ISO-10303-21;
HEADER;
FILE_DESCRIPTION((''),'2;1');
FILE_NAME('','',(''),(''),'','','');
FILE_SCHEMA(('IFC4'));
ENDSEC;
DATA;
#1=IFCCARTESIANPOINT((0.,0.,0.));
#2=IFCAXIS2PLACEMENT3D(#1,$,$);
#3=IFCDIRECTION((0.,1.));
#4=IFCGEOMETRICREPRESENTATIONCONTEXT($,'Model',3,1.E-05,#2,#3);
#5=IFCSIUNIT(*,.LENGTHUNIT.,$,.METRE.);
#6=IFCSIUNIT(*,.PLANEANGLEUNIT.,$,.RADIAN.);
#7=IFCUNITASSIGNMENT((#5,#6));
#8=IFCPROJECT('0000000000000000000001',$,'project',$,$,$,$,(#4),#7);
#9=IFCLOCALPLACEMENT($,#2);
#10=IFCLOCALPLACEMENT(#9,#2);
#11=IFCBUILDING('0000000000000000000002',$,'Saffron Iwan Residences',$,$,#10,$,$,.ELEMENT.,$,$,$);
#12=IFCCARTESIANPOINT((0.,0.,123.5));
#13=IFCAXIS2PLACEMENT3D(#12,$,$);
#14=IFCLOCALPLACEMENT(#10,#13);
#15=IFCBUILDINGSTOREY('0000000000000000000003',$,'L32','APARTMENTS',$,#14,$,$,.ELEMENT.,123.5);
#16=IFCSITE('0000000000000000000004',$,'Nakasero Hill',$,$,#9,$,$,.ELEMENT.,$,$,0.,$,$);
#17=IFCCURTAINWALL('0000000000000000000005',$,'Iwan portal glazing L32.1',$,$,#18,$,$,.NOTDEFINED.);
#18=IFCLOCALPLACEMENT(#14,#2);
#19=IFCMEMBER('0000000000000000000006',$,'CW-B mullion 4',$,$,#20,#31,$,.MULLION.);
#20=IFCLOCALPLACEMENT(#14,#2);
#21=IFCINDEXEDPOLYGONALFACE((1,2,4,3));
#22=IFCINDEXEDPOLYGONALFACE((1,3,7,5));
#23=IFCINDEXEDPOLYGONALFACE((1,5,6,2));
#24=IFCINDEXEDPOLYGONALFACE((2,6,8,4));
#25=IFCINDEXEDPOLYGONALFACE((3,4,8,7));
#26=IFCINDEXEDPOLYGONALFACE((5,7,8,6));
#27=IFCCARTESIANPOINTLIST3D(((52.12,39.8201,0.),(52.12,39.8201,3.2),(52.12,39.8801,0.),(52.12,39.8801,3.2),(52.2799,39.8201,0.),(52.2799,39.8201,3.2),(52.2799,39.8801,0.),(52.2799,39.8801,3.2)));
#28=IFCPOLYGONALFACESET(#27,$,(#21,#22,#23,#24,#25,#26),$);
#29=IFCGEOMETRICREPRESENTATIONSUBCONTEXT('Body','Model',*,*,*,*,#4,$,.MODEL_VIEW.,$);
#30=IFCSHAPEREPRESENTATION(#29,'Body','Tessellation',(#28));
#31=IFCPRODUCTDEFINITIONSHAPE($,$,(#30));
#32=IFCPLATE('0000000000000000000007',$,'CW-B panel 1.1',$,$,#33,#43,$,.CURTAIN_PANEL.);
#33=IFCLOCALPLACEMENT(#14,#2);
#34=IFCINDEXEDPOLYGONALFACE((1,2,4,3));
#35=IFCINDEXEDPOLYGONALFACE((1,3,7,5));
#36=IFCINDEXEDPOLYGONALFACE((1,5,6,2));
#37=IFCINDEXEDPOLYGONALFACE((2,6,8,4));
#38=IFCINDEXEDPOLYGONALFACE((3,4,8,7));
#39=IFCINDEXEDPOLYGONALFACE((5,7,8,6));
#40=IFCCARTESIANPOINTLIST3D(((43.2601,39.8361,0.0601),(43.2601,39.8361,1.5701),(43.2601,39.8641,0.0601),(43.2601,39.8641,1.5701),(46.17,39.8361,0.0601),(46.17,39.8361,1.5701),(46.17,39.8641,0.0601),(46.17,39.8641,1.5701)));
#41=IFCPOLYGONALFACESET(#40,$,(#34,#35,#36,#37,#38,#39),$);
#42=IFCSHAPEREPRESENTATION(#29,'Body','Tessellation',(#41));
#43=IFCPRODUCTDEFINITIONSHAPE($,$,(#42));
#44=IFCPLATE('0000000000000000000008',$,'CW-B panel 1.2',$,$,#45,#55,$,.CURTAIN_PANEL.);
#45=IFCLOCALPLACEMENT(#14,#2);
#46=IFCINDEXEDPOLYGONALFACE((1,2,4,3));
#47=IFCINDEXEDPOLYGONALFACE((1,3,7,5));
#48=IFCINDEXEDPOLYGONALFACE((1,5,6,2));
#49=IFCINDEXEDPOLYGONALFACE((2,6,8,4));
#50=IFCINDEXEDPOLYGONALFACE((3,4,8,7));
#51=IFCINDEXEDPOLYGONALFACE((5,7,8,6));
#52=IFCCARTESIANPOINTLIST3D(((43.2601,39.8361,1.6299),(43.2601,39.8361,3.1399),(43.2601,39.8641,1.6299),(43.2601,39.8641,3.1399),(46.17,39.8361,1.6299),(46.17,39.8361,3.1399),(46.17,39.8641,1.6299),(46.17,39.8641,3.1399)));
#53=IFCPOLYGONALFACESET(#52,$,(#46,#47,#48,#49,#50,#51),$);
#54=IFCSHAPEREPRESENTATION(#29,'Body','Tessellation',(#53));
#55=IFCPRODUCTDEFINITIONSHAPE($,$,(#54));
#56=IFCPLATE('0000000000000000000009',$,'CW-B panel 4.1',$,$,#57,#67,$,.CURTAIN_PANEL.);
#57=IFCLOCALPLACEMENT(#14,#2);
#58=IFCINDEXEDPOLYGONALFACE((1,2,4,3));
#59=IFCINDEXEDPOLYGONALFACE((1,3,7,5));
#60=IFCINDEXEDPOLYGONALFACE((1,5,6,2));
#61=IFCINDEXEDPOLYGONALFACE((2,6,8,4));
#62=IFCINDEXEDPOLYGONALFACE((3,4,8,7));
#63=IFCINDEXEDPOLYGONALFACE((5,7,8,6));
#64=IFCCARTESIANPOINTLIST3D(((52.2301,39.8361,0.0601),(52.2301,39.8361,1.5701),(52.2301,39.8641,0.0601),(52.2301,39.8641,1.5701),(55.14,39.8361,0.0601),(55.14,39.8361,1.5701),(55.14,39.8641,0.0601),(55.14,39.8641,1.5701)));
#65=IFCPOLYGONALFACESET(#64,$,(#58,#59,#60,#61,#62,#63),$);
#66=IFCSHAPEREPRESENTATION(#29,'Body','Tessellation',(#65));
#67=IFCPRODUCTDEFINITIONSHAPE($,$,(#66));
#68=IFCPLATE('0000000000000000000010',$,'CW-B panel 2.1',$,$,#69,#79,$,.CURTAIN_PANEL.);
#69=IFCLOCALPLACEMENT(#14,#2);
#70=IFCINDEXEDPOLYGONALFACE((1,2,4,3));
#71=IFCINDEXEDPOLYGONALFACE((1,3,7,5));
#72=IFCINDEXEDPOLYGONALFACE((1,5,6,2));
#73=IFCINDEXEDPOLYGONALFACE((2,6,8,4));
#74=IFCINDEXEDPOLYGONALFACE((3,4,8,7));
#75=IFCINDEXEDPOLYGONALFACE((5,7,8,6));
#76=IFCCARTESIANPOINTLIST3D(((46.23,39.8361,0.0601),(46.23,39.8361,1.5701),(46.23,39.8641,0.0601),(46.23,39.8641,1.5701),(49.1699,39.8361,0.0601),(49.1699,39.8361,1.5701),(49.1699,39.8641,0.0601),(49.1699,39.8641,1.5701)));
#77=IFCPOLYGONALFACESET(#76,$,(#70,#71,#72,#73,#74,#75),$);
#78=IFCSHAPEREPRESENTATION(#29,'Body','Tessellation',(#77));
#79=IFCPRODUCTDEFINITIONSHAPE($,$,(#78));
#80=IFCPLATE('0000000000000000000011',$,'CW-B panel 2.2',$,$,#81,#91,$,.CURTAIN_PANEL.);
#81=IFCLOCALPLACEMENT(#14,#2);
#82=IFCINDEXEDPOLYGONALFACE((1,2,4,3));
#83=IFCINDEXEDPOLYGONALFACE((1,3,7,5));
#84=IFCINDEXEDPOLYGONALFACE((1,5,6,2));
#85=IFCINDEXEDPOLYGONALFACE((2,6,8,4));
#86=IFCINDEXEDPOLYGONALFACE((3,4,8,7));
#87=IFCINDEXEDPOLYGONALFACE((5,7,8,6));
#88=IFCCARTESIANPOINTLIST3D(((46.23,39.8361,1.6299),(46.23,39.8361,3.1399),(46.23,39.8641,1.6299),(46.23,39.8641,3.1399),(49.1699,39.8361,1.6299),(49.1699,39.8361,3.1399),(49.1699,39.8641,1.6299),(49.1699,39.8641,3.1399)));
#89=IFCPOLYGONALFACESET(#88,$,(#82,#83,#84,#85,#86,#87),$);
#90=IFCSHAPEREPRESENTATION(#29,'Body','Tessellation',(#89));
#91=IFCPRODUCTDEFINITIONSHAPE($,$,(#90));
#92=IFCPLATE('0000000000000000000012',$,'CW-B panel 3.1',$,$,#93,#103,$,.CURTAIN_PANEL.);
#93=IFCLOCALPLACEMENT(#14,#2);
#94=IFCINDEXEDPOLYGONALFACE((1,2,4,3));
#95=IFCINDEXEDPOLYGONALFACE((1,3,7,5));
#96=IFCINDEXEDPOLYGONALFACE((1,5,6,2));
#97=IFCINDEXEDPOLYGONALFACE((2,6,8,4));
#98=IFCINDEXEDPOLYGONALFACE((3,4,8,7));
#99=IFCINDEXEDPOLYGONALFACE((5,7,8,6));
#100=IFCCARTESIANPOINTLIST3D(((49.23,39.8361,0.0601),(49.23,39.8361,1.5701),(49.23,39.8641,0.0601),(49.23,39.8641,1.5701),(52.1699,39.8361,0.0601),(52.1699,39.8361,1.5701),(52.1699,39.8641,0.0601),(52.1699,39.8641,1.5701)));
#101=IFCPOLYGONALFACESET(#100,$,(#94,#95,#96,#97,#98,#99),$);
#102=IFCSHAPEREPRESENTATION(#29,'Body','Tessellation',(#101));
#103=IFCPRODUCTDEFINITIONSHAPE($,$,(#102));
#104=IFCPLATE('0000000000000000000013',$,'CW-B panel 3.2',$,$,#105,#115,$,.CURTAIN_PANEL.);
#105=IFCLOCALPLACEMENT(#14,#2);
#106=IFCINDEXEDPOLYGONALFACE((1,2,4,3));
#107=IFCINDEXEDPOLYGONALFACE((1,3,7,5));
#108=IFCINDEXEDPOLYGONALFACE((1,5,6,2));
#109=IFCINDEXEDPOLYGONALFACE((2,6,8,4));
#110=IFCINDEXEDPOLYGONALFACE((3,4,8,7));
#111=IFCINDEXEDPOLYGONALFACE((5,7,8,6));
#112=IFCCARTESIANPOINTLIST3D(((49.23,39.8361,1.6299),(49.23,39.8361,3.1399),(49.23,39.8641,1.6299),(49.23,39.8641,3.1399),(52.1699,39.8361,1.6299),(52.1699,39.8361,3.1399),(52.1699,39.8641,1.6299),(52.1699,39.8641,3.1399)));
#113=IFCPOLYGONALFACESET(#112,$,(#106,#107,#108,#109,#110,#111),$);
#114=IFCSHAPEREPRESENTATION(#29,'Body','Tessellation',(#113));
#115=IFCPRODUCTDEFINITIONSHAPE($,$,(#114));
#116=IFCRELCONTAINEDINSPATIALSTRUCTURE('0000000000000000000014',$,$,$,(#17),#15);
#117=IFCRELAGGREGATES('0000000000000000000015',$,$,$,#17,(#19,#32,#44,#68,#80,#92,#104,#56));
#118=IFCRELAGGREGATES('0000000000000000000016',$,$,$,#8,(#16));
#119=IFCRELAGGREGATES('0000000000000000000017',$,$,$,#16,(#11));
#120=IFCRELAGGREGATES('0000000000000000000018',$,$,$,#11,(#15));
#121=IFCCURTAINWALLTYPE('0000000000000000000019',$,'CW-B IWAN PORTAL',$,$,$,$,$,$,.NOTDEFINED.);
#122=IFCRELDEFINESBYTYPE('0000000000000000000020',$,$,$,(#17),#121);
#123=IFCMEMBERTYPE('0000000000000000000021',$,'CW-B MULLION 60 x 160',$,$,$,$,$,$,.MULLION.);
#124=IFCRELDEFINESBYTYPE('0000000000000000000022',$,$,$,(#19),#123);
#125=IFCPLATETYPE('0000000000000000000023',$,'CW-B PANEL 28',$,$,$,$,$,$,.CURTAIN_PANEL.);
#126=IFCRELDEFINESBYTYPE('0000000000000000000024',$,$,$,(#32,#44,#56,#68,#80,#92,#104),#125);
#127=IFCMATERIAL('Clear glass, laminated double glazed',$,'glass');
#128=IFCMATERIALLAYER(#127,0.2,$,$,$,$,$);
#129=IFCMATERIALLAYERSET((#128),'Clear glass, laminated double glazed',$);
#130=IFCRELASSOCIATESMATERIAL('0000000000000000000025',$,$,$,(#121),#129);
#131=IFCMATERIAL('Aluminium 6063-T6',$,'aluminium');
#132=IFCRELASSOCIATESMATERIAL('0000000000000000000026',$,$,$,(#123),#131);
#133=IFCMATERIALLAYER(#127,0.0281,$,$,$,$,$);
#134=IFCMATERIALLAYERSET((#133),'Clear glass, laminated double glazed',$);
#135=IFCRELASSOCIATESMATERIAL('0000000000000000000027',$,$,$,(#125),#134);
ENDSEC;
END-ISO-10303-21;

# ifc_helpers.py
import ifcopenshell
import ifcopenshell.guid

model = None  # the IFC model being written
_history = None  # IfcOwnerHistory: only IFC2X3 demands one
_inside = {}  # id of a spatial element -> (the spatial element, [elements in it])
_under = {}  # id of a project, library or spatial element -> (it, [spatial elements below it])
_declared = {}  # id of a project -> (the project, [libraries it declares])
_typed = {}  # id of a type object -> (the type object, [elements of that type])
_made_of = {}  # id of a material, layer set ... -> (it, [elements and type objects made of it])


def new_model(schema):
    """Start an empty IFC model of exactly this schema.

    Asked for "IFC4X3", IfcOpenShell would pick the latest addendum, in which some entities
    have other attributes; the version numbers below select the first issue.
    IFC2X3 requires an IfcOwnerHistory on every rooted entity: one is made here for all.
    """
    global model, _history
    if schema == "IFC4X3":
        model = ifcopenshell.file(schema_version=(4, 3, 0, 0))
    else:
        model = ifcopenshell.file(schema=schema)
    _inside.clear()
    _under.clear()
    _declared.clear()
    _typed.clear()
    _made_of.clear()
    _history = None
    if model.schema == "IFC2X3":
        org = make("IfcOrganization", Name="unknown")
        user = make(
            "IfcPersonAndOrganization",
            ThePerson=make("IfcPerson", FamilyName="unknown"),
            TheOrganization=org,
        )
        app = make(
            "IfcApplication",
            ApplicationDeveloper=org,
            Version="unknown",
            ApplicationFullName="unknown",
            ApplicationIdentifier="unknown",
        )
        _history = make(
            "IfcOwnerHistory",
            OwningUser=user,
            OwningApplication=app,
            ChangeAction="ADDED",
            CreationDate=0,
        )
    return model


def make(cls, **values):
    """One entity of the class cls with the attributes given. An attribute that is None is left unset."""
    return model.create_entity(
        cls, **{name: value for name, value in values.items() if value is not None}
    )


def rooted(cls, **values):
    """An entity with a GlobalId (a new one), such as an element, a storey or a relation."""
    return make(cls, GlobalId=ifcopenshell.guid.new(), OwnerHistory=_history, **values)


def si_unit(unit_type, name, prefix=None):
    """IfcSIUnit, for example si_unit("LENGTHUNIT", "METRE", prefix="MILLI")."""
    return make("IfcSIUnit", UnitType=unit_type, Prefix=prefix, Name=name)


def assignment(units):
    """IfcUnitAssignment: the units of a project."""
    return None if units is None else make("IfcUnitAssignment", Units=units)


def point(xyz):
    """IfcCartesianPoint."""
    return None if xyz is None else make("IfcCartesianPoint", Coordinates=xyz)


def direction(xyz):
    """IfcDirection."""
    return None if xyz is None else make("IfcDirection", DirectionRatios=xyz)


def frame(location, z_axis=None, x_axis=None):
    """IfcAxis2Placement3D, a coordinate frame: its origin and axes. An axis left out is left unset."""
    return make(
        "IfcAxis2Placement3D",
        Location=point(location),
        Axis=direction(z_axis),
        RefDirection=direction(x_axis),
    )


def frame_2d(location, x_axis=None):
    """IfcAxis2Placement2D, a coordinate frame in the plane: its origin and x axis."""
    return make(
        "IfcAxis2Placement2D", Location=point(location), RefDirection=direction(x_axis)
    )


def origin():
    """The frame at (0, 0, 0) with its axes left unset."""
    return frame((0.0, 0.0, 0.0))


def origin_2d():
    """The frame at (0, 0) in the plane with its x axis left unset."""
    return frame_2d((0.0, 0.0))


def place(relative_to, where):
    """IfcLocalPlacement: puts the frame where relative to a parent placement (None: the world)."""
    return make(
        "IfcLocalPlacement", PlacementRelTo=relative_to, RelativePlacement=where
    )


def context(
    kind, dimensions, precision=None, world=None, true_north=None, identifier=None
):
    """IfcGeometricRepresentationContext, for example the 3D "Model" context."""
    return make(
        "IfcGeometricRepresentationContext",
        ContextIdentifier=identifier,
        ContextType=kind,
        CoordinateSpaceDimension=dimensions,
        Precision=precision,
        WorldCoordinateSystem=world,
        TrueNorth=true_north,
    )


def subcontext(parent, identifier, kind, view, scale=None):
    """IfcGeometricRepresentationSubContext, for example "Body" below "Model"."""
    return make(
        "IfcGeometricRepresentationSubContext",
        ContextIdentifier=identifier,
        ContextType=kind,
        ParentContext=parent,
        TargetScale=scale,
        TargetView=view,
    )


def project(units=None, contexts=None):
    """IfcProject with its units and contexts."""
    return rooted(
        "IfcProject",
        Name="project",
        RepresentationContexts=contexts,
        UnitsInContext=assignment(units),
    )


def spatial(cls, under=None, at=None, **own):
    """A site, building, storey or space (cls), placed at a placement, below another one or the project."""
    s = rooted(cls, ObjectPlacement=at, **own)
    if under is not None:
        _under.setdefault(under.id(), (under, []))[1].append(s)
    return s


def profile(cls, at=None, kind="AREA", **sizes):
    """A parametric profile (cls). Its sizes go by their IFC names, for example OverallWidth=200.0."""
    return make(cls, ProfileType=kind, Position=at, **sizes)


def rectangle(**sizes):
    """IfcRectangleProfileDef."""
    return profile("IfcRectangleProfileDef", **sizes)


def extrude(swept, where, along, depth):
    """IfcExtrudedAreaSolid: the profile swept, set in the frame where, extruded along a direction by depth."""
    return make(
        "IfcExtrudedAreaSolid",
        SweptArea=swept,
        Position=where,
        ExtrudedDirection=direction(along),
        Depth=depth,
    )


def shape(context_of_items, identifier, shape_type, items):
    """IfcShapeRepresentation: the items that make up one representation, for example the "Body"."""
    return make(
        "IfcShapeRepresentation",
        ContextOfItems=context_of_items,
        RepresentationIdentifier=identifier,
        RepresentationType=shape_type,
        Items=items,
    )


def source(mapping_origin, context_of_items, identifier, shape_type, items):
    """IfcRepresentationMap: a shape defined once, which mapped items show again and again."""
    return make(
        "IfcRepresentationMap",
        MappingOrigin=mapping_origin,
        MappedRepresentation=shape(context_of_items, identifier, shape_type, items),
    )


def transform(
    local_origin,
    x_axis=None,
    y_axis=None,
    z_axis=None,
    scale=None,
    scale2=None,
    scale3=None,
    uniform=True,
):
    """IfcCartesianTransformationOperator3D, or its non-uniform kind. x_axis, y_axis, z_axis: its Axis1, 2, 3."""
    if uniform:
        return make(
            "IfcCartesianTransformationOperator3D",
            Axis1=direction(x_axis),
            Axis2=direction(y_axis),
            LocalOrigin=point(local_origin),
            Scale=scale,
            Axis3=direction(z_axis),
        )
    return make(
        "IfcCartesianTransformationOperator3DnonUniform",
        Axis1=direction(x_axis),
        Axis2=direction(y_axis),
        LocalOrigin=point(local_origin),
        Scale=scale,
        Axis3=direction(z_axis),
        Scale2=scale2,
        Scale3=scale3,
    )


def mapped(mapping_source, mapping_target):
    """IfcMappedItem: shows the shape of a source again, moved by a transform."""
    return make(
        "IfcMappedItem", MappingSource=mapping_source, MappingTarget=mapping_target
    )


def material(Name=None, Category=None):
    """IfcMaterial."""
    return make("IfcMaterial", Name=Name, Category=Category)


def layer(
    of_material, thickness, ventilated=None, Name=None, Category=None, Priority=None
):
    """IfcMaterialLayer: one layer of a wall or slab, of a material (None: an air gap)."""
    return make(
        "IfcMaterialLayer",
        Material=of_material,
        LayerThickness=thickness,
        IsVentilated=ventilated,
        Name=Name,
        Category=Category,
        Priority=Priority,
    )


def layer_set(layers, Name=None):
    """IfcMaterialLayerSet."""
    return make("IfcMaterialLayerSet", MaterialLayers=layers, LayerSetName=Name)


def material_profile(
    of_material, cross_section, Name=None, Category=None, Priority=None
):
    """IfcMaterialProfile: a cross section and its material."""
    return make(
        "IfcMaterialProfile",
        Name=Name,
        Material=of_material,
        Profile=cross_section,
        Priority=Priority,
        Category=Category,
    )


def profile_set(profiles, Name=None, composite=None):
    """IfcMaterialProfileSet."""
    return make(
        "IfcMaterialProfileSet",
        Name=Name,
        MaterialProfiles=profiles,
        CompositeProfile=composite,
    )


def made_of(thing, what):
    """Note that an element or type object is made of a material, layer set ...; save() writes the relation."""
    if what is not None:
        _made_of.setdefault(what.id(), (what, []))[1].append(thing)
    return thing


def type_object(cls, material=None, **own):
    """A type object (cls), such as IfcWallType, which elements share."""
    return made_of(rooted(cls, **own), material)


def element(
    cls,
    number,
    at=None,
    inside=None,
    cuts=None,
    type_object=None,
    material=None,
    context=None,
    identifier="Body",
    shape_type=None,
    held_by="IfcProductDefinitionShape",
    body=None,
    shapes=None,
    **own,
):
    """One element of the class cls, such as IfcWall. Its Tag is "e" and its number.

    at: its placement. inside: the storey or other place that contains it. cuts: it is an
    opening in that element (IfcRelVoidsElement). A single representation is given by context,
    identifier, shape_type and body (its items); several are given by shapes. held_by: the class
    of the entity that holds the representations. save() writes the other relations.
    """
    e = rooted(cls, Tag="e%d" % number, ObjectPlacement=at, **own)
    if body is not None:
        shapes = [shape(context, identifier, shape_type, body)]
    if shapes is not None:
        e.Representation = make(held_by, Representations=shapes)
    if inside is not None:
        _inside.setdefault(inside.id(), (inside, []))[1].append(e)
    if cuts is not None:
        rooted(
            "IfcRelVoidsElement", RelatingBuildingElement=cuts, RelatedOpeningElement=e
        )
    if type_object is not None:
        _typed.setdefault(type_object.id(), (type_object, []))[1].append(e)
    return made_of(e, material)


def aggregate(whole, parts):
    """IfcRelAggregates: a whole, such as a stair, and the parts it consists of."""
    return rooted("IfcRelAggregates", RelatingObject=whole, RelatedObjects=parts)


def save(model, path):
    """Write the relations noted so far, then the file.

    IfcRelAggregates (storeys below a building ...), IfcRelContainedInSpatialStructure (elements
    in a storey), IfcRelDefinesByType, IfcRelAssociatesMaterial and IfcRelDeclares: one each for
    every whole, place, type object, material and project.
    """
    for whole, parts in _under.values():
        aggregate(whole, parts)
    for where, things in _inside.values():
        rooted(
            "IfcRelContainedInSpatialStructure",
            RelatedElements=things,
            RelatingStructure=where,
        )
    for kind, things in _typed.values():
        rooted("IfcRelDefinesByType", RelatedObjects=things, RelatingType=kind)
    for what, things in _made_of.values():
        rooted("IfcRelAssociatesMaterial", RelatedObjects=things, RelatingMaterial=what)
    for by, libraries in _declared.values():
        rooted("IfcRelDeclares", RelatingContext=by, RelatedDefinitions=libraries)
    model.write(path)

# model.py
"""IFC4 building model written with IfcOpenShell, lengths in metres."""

from ifc_helpers import new_model, si_unit, direction, frame, origin, origin_2d, place, context, subcontext, project, spatial, rectangle, extrude, source, transform, mapped, material, layer, layer_set, material_profile, profile_set, type_object, element, aggregate, save


model = new_model("IFC4")

# Units and contexts
model_context = context("Model", 3, precision=1e-05, world=origin(), true_north=direction((0.0, 1.0)))
body_context = subcontext(model_context, "Body", "Model", "MODEL_VIEW")
ifc_project = project(units=[si_unit("LENGTHUNIT", "METRE"), si_unit("PLANEANGLEUNIT", "RADIAN")], contexts=[model_context])

# Site, building, storey
site_placement = place(None, origin())
site = spatial("IfcSite", under=ifc_project, at=site_placement, Name="Nakasero Hill", CompositionType="ELEMENT", RefElevation=0.0)
building_placement = place(site_placement, origin())
building = spatial("IfcBuilding", under=site, at=building_placement, Name="Saffron Iwan Residences", CompositionType="ELEMENT")
storey_placement = place(building_placement, frame((0.0, 0.0, 123.5)))
storey = spatial("IfcBuildingStorey", under=building, at=storey_placement, Name="L32", Description="APARTMENTS", CompositionType="ELEMENT", Elevation=123.5)

# Curtain wall, member, plates
ifc_material_1 = material(Name="Clear glass, laminated double glazed", Category="glass")
ifc_layer_1 = layer(ifc_material_1, 0.2)
ifc_layer_set_1 = layer_set([ifc_layer_1], Name="Clear glass, laminated double glazed")
curtain_wall_type = type_object("IfcCurtainWallType", Name="CW-B IWAN PORTAL", PredefinedType="NOTDEFINED", material=ifc_layer_set_1)
curtain_wall_placement = place(storey_placement, origin())
curtain_wall = element("IfcCurtainWall", 1, at=curtain_wall_placement, inside=storey, type_object=curtain_wall_type, Name="Iwan portal glazing L32.1", PredefinedType="NOTDEFINED")
ifc_material_2 = material(Name="Aluminium 6063-T6", Category="aluminium")
ifc_material_profile_1 = material_profile(ifc_material_2, rectangle(XDim=0.0601, YDim=0.1599, at=origin_2d()), Name="CW-B MULLION 60 x 160")
ifc_profile_set_1 = profile_set([ifc_material_profile_1], Name="Aluminium 6063-T6")
member_type_1 = type_object("IfcMemberType", Name="CW-B MULLION 60 x 160", PredefinedType="MULLION", material=ifc_profile_set_1)
shared_shape_1 = source(origin(), body_context, "Body", "SweptSolid", [
    extrude(rectangle(XDim=0.0601, YDim=0.1599, at=origin_2d()), origin(), (0.0, 0.0, 1.0), 3.2),
])
member_1_placement = place(storey_placement, frame((52.2, 39.8501, 0.0), z_axis=(0.0, 0.0, 1.0), x_axis=(0.0, 1.0, 0.0)))
member_1 = element("IfcMember", 2, at=member_1_placement, type_object=member_type_1, Name="CW-B mullion 4", PredefinedType="MULLION", context=body_context, shape_type="MappedRepresentation", body=[
    mapped(shared_shape_1, transform((0.0, 0.0, 0.0))),
])
ifc_layer_2 = layer(ifc_material_1, 0.0281)
ifc_layer_set_2 = layer_set([ifc_layer_2], Name="Clear glass, laminated double glazed")
plate_type = type_object("IfcPlateType", Name="CW-B PANEL 28", PredefinedType="CURTAIN_PANEL", material=ifc_layer_set_2)
shared_shape_2 = source(origin(), body_context, "Body", "SweptSolid", [
    extrude(rectangle(XDim=2.9099, YDim=0.0281, at=origin_2d()), origin(), (0.0, 0.0, 1.0), 1.51),
])
plate_1_placement = place(storey_placement, frame((44.7151, 39.8501, 0.0601), z_axis=(0.0, 0.0, 1.0), x_axis=(1.0, 0.0, 0.0)))
plate_1 = element("IfcPlate", 3, at=plate_1_placement, type_object=plate_type, Name="CW-B panel 1.1", PredefinedType="CURTAIN_PANEL", context=body_context, shape_type="MappedRepresentation", body=[
    mapped(shared_shape_2, transform((0.0, 0.0, 0.0))),
])
plate_2_placement = place(storey_placement, frame((44.7151, 39.8501, 1.6299), z_axis=(0.0, 0.0, 1.0), x_axis=(1.0, 0.0, 0.0)))
plate_2 = element("IfcPlate", 4, at=plate_2_placement, type_object=plate_type, Name="CW-B panel 1.2", PredefinedType="CURTAIN_PANEL", context=body_context, shape_type="MappedRepresentation", body=[
    mapped(shared_shape_2, transform((0.0, 0.0, 0.0))),
])
plate_3_placement = place(storey_placement, frame((53.6851, 39.8501, 0.0601), z_axis=(0.0, 0.0, 1.0), x_axis=(1.0, 0.0, 0.0)))
plate_3 = element("IfcPlate", 5, at=plate_3_placement, type_object=plate_type, Name="CW-B panel 4.1", PredefinedType="CURTAIN_PANEL", context=body_context, shape_type="MappedRepresentation", body=[
    mapped(shared_shape_2, transform((0.0, 0.0, 0.0))),
])
shared_shape_3 = source(origin(), body_context, "Body", "SweptSolid", [
    extrude(rectangle(XDim=2.9399, YDim=0.0281, at=origin_2d()), origin(), (0.0, 0.0, 1.0), 1.51),
])
plate_4_placement = place(storey_placement, frame((47.7, 39.8501, 0.0601), z_axis=(0.0, 0.0, 1.0), x_axis=(1.0, 0.0, 0.0)))
plate_4 = element("IfcPlate", 6, at=plate_4_placement, type_object=plate_type, Name="CW-B panel 2.1", PredefinedType="CURTAIN_PANEL", context=body_context, shape_type="MappedRepresentation", body=[
    mapped(shared_shape_3, transform((0.0, 0.0, 0.0))),
])
plate_5_placement = place(storey_placement, frame((47.7, 39.8501, 1.6299), z_axis=(0.0, 0.0, 1.0), x_axis=(1.0, 0.0, 0.0)))
plate_5 = element("IfcPlate", 7, at=plate_5_placement, type_object=plate_type, Name="CW-B panel 2.2", PredefinedType="CURTAIN_PANEL", context=body_context, shape_type="MappedRepresentation", body=[
    mapped(shared_shape_3, transform((0.0, 0.0, 0.0))),
])
plate_6_placement = place(storey_placement, frame((50.7, 39.8501, 0.0601), z_axis=(0.0, 0.0, 1.0), x_axis=(1.0, 0.0, 0.0)))
plate_6 = element("IfcPlate", 8, at=plate_6_placement, type_object=plate_type, Name="CW-B panel 3.1", PredefinedType="CURTAIN_PANEL", context=body_context, shape_type="MappedRepresentation", body=[
    mapped(shared_shape_3, transform((0.0, 0.0, 0.0))),
])
plate_7_placement = place(storey_placement, frame((50.7, 39.8501, 1.6299), z_axis=(0.0, 0.0, 1.0), x_axis=(1.0, 0.0, 0.0)))
plate_7 = element("IfcPlate", 9, at=plate_7_placement, type_object=plate_type, Name="CW-B panel 3.2", PredefinedType="CURTAIN_PANEL", context=body_context, shape_type="MappedRepresentation", body=[
    mapped(shared_shape_3, transform((0.0, 0.0, 0.0))),
])
aggregate(curtain_wall, [member_1, plate_1, plate_2, plate_4, plate_5, plate_6, plate_7, plate_3])

save(model, "model.ifc")
